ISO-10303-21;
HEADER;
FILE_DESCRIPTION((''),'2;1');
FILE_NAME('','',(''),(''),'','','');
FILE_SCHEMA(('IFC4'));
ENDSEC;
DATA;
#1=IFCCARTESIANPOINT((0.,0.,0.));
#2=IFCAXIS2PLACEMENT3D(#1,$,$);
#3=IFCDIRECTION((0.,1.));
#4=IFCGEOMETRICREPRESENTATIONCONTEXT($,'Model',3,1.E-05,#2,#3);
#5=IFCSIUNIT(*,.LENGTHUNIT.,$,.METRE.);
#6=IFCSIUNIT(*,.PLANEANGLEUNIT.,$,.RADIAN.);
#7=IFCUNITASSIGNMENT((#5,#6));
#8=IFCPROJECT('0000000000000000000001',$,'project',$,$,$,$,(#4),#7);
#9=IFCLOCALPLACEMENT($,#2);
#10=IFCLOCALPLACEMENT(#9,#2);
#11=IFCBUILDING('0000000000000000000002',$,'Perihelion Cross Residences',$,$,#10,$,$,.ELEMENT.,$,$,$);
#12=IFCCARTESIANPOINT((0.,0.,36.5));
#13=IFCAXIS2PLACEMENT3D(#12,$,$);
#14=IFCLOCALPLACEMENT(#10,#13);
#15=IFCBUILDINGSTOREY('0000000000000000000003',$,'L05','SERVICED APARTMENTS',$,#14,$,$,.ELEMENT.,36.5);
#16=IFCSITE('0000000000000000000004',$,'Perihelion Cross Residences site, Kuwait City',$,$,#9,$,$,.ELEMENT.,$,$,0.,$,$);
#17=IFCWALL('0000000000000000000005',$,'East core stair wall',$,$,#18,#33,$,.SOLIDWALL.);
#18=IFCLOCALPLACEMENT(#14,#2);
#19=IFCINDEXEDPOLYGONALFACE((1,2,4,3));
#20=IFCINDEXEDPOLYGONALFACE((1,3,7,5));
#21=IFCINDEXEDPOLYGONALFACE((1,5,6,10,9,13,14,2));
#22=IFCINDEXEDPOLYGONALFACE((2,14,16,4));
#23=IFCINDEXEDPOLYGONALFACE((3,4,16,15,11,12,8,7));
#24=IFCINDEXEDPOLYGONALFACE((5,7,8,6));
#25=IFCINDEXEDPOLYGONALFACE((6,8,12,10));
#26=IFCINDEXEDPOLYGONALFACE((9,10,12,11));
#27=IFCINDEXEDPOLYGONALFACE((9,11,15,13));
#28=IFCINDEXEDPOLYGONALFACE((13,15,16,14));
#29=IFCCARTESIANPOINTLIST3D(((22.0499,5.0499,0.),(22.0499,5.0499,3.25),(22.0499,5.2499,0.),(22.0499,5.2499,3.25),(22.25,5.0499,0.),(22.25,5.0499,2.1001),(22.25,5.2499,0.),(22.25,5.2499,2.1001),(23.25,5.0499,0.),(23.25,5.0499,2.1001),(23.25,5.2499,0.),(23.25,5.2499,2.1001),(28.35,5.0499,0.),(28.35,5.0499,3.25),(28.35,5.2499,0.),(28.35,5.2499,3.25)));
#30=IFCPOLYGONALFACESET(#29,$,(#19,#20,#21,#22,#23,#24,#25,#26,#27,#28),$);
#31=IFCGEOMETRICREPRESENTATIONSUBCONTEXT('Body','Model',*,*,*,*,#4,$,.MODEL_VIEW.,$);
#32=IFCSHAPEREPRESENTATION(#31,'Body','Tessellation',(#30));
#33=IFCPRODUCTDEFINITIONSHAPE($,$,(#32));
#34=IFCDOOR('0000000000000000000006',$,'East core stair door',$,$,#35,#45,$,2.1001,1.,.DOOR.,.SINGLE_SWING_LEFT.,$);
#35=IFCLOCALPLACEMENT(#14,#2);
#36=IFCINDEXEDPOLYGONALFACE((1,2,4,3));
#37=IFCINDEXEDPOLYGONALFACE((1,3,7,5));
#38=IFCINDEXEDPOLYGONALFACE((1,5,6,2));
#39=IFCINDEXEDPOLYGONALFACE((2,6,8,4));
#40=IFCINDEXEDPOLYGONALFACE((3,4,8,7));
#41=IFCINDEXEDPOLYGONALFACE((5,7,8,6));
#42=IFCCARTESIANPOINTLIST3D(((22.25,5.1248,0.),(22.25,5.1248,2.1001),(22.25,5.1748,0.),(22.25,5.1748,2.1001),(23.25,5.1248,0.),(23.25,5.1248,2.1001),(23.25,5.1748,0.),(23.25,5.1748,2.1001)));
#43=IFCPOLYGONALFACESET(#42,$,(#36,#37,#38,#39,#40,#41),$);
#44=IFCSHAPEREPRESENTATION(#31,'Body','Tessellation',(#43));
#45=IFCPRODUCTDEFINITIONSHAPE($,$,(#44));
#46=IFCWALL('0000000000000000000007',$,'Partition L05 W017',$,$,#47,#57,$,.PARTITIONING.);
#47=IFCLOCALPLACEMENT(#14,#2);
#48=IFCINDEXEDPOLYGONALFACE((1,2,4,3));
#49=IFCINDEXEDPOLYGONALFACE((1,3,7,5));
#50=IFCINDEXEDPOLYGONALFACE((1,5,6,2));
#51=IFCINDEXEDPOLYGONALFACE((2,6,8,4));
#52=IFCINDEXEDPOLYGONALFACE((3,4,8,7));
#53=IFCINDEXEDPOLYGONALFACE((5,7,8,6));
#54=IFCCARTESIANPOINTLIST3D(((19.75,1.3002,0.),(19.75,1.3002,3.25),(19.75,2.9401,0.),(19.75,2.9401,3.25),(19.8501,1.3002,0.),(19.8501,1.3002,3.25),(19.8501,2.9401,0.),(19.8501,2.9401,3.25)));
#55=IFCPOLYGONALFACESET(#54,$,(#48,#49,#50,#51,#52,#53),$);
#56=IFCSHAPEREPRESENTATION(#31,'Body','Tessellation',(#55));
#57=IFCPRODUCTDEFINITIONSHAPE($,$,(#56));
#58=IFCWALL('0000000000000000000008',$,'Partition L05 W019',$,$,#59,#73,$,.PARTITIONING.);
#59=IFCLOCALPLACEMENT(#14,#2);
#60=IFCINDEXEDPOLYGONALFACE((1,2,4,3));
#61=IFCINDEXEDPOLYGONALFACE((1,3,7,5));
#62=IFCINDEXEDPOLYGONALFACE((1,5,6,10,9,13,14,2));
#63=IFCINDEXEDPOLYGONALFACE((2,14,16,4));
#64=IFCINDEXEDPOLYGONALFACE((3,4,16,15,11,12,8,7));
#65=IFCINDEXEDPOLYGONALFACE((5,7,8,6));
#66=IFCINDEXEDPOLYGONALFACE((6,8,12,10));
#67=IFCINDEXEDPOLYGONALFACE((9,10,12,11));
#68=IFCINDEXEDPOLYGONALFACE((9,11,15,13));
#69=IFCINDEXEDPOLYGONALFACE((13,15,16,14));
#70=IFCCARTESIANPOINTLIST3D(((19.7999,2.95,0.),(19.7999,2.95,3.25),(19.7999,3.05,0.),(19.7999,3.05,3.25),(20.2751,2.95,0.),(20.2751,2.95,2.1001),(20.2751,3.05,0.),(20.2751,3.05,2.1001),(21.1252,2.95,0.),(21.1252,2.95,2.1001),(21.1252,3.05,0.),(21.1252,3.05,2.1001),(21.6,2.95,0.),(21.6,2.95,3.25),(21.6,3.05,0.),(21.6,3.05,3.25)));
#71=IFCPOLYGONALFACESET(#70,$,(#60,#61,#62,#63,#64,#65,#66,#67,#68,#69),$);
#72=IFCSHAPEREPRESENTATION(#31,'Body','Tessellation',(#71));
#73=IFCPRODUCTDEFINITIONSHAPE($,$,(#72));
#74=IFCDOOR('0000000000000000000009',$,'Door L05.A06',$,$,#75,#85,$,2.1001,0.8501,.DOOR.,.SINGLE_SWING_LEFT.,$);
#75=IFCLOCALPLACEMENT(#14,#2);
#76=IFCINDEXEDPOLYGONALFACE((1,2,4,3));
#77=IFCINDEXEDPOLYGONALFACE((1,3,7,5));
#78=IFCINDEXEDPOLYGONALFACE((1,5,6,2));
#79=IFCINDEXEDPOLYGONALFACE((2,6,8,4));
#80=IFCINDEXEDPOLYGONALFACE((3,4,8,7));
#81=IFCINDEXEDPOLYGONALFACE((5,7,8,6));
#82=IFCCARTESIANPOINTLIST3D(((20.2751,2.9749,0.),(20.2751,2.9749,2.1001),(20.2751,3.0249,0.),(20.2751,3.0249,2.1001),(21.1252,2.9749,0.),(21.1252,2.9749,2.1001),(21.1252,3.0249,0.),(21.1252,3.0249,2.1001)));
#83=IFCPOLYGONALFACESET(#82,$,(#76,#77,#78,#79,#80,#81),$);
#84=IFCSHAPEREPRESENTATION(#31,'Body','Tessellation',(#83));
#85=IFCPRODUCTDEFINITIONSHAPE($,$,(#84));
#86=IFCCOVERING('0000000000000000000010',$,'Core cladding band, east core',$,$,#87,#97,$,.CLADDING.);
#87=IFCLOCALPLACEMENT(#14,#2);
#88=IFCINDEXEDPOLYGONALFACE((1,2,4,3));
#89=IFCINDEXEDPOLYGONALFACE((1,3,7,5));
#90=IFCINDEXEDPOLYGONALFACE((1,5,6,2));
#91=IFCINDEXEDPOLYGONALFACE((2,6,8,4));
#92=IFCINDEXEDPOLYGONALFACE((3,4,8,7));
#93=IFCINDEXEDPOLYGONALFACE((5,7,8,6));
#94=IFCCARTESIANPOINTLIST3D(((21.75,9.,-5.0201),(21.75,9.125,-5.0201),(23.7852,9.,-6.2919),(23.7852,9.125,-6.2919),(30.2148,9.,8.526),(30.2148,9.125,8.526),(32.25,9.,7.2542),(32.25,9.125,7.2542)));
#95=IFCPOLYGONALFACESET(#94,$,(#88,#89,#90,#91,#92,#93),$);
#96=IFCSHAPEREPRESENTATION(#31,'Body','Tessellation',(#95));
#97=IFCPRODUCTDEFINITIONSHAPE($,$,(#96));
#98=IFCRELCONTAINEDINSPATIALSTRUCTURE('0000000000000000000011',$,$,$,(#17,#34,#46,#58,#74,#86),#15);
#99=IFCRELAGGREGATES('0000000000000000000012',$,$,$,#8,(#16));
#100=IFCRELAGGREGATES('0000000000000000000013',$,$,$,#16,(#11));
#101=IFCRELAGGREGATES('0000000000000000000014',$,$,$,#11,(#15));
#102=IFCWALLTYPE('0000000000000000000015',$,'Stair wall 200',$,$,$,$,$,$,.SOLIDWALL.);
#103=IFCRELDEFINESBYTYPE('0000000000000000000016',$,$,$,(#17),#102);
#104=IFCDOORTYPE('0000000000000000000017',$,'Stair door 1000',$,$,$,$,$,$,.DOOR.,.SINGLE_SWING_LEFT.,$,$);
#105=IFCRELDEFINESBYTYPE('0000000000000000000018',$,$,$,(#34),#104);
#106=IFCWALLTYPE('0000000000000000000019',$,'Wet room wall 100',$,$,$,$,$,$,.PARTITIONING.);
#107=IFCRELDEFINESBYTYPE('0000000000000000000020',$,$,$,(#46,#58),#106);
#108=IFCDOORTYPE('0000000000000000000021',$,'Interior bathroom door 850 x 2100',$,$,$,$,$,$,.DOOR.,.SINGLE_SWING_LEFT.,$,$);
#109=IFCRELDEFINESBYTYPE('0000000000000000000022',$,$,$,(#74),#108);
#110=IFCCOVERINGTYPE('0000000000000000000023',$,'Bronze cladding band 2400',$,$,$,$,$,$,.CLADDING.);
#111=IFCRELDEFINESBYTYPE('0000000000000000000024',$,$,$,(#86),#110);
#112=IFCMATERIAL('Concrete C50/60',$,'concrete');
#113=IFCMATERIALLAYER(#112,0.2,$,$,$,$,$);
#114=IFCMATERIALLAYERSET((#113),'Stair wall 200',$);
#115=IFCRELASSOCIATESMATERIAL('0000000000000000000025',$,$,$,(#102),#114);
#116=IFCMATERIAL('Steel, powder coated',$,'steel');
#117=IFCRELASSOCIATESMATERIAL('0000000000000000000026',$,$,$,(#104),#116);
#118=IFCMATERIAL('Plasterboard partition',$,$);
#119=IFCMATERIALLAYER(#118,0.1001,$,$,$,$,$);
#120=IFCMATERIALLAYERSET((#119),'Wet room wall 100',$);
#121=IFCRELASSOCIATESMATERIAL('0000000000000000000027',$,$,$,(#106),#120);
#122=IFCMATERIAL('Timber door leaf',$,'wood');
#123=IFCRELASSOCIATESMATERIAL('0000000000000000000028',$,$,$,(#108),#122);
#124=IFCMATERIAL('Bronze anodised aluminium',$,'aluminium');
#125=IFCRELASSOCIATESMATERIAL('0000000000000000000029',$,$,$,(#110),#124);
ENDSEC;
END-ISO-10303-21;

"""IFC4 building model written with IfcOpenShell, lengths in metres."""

from ifc_helpers import new_model, si_unit, direction, frame, frame_2d, origin, origin_2d, place, context, subcontext, project, spatial, rectangle, extrude, material, layer, layer_set, material_profile, profile_set, type_object, element, fill, save


model = new_model("IFC4")

# Units and contexts
model_context = context("Model", 3, precision=1e-05, world=origin(), true_north=direction((0.0, 1.0)))
body_context = subcontext(model_context, "Body", "Model", "MODEL_VIEW")
ifc_project = project(units=[si_unit("LENGTHUNIT", "METRE"), si_unit("PLANEANGLEUNIT", "RADIAN")], contexts=[model_context])

# Site, building, storey
site_placement = place(None, origin())
site = spatial("IfcSite", under=ifc_project, at=site_placement, Name="Perihelion Cross Residences site, Kuwait City", CompositionType="ELEMENT", RefElevation=0.0)
building_placement = place(site_placement, origin())
building = spatial("IfcBuilding", under=site, at=building_placement, Name="Perihelion Cross Residences", CompositionType="ELEMENT")
storey_placement = place(building_placement, frame((0.0, 0.0, 36.5)))
storey = spatial("IfcBuildingStorey", under=building, at=storey_placement, Name="L05", Description="SERVICED APARTMENTS", CompositionType="ELEMENT", Elevation=36.5)

# Wall, opening, door
ifc_material_1 = material(Name="Concrete C50/60", Category="concrete")
ifc_layer_1 = layer(ifc_material_1, 0.2)
ifc_layer_set_1 = layer_set([ifc_layer_1], Name="Stair wall 200")
wall_type_1 = type_object("IfcWallType", Name="Stair wall 200", PredefinedType="SOLIDWALL", material=ifc_layer_set_1)
wall_1_placement = place(storey_placement, frame((22.05, 5.1499, 0.0), z_axis=(0.0, 0.0, 1.0), x_axis=(1.0, 0.0, 0.0)))
wall_1 = element("IfcWall", 1, at=wall_1_placement, inside=storey, type_object=wall_type_1, Name="East core stair wall", PredefinedType="SOLIDWALL", context=body_context, shape_type="SweptSolid", body=[
    extrude(rectangle(XDim=6.3, YDim=0.2, at=frame_2d((3.1499, 0.0))), origin(), (0.0, 0.0, 1.0), 3.25),
])
opening_1_placement = place(wall_1_placement, frame((0.2, 0.0, 0.0)))
opening_1 = element("IfcOpeningElement", 2, at=opening_1_placement, cuts=wall_1, PredefinedType="OPENING", context=body_context, shape_type="SweptSolid", body=[
    extrude(rectangle(XDim=1.0, YDim=2.1001, at=frame_2d((0.5, 1.05))), frame((0.0, 0.1099, 0.0), z_axis=(0.0, -1.0, 0.0), x_axis=(1.0, 0.0, 0.0)), (0.0, 0.0, 1.0), 0.22),
])
ifc_material_2 = material(Name="Steel, powder coated", Category="steel")
door_type_1 = type_object("IfcDoorType", Name="Stair door 1000", OperationType="SINGLE_SWING_LEFT", PredefinedType="DOOR", material=ifc_material_2)
door_1_placement = place(opening_1_placement, origin())
door_1 = element("IfcDoor", 3, at=door_1_placement, inside=storey, type_object=door_type_1, Name="East core stair door", OperationType="SINGLE_SWING_LEFT", OverallHeight=2.1001, OverallWidth=1.0, PredefinedType="DOOR", context=body_context, shape_type="SweptSolid", body=[
    extrude(rectangle(XDim=1.0, YDim=2.1001, at=frame_2d((0.5, 1.05))), frame((0.0, 0.0249, 0.0), z_axis=(0.0, -1.0, 0.0), x_axis=(1.0, 0.0, 0.0)), (0.0, 0.0, 1.0), 0.05),
])
fill(opening_1, door_1)

# Wall
ifc_material_3 = material(Name="Plasterboard partition")
ifc_layer_2 = layer(ifc_material_3, 0.1001)
ifc_layer_set_2 = layer_set([ifc_layer_2], Name="Wet room wall 100")
wall_type_2 = type_object("IfcWallType", Name="Wet room wall 100", PredefinedType="PARTITIONING", material=ifc_layer_set_2)
wall_2_placement = place(storey_placement, frame((19.8, 2.9399, 0.0), z_axis=(0.0, 0.0, 1.0), x_axis=(0.0, -1.0, 0.0)))
element("IfcWall", 4, at=wall_2_placement, inside=storey, type_object=wall_type_2, Name="Partition L05 W017", PredefinedType="PARTITIONING", context=body_context, shape_type="SweptSolid", body=[
    extrude(rectangle(XDim=1.6399, YDim=0.1001, at=frame_2d((0.8198, 0.0))), origin(), (0.0, 0.0, 1.0), 3.25),
])

# Wall, opening, door
wall_3_placement = place(storey_placement, frame((19.8, 3.0, 0.0), z_axis=(0.0, 0.0, 1.0), x_axis=(1.0, 0.0, 0.0)))
wall_3 = element("IfcWall", 5, at=wall_3_placement, inside=storey, type_object=wall_type_2, Name="Partition L05 W019", PredefinedType="PARTITIONING", context=body_context, shape_type="SweptSolid", body=[
    extrude(rectangle(XDim=1.8, YDim=0.1001, at=frame_2d((0.8999, 0.0))), origin(), (0.0, 0.0, 1.0), 3.25),
])
opening_2_placement = place(wall_3_placement, frame((0.4751, 0.0, 0.0)))
opening_2 = element("IfcOpeningElement", 6, at=opening_2_placement, cuts=wall_3, PredefinedType="OPENING", context=body_context, shape_type="SweptSolid", body=[
    extrude(rectangle(XDim=0.8501, YDim=2.1001, at=frame_2d((0.425, 1.05))), frame((0.0, 0.0601, 0.0), z_axis=(0.0, -1.0, 0.0), x_axis=(1.0, 0.0, 0.0)), (0.0, 0.0, 1.0), 0.1201),
])
ifc_material_4 = material(Name="Timber door leaf", Category="wood")
door_type_2 = type_object("IfcDoorType", Name="Interior bathroom door 850 x 2100", OperationType="SINGLE_SWING_LEFT", PredefinedType="DOOR", material=ifc_material_4)
door_2_placement = place(opening_2_placement, origin())
door_2 = element("IfcDoor", 7, at=door_2_placement, inside=storey, type_object=door_type_2, Name="Door L05.A06", OperationType="SINGLE_SWING_LEFT", OverallHeight=2.1001, OverallWidth=0.8501, PredefinedType="DOOR", context=body_context, shape_type="SweptSolid", body=[
    extrude(rectangle(XDim=0.8501, YDim=2.1001, at=frame_2d((0.425, 1.05))), frame((0.0, 0.0249, 0.0), z_axis=(0.0, -1.0, 0.0), x_axis=(1.0, 0.0, 0.0)), (0.0, 0.0, 1.0), 0.05),
])
fill(opening_2, door_2)

# Covering
ifc_material_5 = material(Name="Bronze anodised aluminium", Category="aluminium")
ifc_material_profile_1 = material_profile(ifc_material_5, rectangle(XDim=0.125, YDim=2.3999, at=origin_2d()), Name="Bronze cladding band 2400")
ifc_profile_set_1 = profile_set([ifc_material_profile_1], Name="Bronze anodised aluminium")
covering_type = type_object("IfcCoveringType", Name="Bronze cladding band 2400", PredefinedType="CLADDING", material=ifc_profile_set_1)
covering_placement = place(storey_placement, frame((22.7676, 9.0625, -5.656), z_axis=(0.529932, 0.0, 0.84804), x_axis=(0.0, 1.0, 0.0)))
element("IfcCovering", 8, at=covering_placement, inside=storey, type_object=covering_type, Name="Core cladding band, east core", PredefinedType="CLADDING", context=body_context, shape_type="SweptSolid", body=[
    extrude(rectangle(XDim=0.125, YDim=2.3999, at=origin_2d()), origin(), (0.0, 0.0, 1.0), 15.9734),
])

save(model, "model.ifc")
